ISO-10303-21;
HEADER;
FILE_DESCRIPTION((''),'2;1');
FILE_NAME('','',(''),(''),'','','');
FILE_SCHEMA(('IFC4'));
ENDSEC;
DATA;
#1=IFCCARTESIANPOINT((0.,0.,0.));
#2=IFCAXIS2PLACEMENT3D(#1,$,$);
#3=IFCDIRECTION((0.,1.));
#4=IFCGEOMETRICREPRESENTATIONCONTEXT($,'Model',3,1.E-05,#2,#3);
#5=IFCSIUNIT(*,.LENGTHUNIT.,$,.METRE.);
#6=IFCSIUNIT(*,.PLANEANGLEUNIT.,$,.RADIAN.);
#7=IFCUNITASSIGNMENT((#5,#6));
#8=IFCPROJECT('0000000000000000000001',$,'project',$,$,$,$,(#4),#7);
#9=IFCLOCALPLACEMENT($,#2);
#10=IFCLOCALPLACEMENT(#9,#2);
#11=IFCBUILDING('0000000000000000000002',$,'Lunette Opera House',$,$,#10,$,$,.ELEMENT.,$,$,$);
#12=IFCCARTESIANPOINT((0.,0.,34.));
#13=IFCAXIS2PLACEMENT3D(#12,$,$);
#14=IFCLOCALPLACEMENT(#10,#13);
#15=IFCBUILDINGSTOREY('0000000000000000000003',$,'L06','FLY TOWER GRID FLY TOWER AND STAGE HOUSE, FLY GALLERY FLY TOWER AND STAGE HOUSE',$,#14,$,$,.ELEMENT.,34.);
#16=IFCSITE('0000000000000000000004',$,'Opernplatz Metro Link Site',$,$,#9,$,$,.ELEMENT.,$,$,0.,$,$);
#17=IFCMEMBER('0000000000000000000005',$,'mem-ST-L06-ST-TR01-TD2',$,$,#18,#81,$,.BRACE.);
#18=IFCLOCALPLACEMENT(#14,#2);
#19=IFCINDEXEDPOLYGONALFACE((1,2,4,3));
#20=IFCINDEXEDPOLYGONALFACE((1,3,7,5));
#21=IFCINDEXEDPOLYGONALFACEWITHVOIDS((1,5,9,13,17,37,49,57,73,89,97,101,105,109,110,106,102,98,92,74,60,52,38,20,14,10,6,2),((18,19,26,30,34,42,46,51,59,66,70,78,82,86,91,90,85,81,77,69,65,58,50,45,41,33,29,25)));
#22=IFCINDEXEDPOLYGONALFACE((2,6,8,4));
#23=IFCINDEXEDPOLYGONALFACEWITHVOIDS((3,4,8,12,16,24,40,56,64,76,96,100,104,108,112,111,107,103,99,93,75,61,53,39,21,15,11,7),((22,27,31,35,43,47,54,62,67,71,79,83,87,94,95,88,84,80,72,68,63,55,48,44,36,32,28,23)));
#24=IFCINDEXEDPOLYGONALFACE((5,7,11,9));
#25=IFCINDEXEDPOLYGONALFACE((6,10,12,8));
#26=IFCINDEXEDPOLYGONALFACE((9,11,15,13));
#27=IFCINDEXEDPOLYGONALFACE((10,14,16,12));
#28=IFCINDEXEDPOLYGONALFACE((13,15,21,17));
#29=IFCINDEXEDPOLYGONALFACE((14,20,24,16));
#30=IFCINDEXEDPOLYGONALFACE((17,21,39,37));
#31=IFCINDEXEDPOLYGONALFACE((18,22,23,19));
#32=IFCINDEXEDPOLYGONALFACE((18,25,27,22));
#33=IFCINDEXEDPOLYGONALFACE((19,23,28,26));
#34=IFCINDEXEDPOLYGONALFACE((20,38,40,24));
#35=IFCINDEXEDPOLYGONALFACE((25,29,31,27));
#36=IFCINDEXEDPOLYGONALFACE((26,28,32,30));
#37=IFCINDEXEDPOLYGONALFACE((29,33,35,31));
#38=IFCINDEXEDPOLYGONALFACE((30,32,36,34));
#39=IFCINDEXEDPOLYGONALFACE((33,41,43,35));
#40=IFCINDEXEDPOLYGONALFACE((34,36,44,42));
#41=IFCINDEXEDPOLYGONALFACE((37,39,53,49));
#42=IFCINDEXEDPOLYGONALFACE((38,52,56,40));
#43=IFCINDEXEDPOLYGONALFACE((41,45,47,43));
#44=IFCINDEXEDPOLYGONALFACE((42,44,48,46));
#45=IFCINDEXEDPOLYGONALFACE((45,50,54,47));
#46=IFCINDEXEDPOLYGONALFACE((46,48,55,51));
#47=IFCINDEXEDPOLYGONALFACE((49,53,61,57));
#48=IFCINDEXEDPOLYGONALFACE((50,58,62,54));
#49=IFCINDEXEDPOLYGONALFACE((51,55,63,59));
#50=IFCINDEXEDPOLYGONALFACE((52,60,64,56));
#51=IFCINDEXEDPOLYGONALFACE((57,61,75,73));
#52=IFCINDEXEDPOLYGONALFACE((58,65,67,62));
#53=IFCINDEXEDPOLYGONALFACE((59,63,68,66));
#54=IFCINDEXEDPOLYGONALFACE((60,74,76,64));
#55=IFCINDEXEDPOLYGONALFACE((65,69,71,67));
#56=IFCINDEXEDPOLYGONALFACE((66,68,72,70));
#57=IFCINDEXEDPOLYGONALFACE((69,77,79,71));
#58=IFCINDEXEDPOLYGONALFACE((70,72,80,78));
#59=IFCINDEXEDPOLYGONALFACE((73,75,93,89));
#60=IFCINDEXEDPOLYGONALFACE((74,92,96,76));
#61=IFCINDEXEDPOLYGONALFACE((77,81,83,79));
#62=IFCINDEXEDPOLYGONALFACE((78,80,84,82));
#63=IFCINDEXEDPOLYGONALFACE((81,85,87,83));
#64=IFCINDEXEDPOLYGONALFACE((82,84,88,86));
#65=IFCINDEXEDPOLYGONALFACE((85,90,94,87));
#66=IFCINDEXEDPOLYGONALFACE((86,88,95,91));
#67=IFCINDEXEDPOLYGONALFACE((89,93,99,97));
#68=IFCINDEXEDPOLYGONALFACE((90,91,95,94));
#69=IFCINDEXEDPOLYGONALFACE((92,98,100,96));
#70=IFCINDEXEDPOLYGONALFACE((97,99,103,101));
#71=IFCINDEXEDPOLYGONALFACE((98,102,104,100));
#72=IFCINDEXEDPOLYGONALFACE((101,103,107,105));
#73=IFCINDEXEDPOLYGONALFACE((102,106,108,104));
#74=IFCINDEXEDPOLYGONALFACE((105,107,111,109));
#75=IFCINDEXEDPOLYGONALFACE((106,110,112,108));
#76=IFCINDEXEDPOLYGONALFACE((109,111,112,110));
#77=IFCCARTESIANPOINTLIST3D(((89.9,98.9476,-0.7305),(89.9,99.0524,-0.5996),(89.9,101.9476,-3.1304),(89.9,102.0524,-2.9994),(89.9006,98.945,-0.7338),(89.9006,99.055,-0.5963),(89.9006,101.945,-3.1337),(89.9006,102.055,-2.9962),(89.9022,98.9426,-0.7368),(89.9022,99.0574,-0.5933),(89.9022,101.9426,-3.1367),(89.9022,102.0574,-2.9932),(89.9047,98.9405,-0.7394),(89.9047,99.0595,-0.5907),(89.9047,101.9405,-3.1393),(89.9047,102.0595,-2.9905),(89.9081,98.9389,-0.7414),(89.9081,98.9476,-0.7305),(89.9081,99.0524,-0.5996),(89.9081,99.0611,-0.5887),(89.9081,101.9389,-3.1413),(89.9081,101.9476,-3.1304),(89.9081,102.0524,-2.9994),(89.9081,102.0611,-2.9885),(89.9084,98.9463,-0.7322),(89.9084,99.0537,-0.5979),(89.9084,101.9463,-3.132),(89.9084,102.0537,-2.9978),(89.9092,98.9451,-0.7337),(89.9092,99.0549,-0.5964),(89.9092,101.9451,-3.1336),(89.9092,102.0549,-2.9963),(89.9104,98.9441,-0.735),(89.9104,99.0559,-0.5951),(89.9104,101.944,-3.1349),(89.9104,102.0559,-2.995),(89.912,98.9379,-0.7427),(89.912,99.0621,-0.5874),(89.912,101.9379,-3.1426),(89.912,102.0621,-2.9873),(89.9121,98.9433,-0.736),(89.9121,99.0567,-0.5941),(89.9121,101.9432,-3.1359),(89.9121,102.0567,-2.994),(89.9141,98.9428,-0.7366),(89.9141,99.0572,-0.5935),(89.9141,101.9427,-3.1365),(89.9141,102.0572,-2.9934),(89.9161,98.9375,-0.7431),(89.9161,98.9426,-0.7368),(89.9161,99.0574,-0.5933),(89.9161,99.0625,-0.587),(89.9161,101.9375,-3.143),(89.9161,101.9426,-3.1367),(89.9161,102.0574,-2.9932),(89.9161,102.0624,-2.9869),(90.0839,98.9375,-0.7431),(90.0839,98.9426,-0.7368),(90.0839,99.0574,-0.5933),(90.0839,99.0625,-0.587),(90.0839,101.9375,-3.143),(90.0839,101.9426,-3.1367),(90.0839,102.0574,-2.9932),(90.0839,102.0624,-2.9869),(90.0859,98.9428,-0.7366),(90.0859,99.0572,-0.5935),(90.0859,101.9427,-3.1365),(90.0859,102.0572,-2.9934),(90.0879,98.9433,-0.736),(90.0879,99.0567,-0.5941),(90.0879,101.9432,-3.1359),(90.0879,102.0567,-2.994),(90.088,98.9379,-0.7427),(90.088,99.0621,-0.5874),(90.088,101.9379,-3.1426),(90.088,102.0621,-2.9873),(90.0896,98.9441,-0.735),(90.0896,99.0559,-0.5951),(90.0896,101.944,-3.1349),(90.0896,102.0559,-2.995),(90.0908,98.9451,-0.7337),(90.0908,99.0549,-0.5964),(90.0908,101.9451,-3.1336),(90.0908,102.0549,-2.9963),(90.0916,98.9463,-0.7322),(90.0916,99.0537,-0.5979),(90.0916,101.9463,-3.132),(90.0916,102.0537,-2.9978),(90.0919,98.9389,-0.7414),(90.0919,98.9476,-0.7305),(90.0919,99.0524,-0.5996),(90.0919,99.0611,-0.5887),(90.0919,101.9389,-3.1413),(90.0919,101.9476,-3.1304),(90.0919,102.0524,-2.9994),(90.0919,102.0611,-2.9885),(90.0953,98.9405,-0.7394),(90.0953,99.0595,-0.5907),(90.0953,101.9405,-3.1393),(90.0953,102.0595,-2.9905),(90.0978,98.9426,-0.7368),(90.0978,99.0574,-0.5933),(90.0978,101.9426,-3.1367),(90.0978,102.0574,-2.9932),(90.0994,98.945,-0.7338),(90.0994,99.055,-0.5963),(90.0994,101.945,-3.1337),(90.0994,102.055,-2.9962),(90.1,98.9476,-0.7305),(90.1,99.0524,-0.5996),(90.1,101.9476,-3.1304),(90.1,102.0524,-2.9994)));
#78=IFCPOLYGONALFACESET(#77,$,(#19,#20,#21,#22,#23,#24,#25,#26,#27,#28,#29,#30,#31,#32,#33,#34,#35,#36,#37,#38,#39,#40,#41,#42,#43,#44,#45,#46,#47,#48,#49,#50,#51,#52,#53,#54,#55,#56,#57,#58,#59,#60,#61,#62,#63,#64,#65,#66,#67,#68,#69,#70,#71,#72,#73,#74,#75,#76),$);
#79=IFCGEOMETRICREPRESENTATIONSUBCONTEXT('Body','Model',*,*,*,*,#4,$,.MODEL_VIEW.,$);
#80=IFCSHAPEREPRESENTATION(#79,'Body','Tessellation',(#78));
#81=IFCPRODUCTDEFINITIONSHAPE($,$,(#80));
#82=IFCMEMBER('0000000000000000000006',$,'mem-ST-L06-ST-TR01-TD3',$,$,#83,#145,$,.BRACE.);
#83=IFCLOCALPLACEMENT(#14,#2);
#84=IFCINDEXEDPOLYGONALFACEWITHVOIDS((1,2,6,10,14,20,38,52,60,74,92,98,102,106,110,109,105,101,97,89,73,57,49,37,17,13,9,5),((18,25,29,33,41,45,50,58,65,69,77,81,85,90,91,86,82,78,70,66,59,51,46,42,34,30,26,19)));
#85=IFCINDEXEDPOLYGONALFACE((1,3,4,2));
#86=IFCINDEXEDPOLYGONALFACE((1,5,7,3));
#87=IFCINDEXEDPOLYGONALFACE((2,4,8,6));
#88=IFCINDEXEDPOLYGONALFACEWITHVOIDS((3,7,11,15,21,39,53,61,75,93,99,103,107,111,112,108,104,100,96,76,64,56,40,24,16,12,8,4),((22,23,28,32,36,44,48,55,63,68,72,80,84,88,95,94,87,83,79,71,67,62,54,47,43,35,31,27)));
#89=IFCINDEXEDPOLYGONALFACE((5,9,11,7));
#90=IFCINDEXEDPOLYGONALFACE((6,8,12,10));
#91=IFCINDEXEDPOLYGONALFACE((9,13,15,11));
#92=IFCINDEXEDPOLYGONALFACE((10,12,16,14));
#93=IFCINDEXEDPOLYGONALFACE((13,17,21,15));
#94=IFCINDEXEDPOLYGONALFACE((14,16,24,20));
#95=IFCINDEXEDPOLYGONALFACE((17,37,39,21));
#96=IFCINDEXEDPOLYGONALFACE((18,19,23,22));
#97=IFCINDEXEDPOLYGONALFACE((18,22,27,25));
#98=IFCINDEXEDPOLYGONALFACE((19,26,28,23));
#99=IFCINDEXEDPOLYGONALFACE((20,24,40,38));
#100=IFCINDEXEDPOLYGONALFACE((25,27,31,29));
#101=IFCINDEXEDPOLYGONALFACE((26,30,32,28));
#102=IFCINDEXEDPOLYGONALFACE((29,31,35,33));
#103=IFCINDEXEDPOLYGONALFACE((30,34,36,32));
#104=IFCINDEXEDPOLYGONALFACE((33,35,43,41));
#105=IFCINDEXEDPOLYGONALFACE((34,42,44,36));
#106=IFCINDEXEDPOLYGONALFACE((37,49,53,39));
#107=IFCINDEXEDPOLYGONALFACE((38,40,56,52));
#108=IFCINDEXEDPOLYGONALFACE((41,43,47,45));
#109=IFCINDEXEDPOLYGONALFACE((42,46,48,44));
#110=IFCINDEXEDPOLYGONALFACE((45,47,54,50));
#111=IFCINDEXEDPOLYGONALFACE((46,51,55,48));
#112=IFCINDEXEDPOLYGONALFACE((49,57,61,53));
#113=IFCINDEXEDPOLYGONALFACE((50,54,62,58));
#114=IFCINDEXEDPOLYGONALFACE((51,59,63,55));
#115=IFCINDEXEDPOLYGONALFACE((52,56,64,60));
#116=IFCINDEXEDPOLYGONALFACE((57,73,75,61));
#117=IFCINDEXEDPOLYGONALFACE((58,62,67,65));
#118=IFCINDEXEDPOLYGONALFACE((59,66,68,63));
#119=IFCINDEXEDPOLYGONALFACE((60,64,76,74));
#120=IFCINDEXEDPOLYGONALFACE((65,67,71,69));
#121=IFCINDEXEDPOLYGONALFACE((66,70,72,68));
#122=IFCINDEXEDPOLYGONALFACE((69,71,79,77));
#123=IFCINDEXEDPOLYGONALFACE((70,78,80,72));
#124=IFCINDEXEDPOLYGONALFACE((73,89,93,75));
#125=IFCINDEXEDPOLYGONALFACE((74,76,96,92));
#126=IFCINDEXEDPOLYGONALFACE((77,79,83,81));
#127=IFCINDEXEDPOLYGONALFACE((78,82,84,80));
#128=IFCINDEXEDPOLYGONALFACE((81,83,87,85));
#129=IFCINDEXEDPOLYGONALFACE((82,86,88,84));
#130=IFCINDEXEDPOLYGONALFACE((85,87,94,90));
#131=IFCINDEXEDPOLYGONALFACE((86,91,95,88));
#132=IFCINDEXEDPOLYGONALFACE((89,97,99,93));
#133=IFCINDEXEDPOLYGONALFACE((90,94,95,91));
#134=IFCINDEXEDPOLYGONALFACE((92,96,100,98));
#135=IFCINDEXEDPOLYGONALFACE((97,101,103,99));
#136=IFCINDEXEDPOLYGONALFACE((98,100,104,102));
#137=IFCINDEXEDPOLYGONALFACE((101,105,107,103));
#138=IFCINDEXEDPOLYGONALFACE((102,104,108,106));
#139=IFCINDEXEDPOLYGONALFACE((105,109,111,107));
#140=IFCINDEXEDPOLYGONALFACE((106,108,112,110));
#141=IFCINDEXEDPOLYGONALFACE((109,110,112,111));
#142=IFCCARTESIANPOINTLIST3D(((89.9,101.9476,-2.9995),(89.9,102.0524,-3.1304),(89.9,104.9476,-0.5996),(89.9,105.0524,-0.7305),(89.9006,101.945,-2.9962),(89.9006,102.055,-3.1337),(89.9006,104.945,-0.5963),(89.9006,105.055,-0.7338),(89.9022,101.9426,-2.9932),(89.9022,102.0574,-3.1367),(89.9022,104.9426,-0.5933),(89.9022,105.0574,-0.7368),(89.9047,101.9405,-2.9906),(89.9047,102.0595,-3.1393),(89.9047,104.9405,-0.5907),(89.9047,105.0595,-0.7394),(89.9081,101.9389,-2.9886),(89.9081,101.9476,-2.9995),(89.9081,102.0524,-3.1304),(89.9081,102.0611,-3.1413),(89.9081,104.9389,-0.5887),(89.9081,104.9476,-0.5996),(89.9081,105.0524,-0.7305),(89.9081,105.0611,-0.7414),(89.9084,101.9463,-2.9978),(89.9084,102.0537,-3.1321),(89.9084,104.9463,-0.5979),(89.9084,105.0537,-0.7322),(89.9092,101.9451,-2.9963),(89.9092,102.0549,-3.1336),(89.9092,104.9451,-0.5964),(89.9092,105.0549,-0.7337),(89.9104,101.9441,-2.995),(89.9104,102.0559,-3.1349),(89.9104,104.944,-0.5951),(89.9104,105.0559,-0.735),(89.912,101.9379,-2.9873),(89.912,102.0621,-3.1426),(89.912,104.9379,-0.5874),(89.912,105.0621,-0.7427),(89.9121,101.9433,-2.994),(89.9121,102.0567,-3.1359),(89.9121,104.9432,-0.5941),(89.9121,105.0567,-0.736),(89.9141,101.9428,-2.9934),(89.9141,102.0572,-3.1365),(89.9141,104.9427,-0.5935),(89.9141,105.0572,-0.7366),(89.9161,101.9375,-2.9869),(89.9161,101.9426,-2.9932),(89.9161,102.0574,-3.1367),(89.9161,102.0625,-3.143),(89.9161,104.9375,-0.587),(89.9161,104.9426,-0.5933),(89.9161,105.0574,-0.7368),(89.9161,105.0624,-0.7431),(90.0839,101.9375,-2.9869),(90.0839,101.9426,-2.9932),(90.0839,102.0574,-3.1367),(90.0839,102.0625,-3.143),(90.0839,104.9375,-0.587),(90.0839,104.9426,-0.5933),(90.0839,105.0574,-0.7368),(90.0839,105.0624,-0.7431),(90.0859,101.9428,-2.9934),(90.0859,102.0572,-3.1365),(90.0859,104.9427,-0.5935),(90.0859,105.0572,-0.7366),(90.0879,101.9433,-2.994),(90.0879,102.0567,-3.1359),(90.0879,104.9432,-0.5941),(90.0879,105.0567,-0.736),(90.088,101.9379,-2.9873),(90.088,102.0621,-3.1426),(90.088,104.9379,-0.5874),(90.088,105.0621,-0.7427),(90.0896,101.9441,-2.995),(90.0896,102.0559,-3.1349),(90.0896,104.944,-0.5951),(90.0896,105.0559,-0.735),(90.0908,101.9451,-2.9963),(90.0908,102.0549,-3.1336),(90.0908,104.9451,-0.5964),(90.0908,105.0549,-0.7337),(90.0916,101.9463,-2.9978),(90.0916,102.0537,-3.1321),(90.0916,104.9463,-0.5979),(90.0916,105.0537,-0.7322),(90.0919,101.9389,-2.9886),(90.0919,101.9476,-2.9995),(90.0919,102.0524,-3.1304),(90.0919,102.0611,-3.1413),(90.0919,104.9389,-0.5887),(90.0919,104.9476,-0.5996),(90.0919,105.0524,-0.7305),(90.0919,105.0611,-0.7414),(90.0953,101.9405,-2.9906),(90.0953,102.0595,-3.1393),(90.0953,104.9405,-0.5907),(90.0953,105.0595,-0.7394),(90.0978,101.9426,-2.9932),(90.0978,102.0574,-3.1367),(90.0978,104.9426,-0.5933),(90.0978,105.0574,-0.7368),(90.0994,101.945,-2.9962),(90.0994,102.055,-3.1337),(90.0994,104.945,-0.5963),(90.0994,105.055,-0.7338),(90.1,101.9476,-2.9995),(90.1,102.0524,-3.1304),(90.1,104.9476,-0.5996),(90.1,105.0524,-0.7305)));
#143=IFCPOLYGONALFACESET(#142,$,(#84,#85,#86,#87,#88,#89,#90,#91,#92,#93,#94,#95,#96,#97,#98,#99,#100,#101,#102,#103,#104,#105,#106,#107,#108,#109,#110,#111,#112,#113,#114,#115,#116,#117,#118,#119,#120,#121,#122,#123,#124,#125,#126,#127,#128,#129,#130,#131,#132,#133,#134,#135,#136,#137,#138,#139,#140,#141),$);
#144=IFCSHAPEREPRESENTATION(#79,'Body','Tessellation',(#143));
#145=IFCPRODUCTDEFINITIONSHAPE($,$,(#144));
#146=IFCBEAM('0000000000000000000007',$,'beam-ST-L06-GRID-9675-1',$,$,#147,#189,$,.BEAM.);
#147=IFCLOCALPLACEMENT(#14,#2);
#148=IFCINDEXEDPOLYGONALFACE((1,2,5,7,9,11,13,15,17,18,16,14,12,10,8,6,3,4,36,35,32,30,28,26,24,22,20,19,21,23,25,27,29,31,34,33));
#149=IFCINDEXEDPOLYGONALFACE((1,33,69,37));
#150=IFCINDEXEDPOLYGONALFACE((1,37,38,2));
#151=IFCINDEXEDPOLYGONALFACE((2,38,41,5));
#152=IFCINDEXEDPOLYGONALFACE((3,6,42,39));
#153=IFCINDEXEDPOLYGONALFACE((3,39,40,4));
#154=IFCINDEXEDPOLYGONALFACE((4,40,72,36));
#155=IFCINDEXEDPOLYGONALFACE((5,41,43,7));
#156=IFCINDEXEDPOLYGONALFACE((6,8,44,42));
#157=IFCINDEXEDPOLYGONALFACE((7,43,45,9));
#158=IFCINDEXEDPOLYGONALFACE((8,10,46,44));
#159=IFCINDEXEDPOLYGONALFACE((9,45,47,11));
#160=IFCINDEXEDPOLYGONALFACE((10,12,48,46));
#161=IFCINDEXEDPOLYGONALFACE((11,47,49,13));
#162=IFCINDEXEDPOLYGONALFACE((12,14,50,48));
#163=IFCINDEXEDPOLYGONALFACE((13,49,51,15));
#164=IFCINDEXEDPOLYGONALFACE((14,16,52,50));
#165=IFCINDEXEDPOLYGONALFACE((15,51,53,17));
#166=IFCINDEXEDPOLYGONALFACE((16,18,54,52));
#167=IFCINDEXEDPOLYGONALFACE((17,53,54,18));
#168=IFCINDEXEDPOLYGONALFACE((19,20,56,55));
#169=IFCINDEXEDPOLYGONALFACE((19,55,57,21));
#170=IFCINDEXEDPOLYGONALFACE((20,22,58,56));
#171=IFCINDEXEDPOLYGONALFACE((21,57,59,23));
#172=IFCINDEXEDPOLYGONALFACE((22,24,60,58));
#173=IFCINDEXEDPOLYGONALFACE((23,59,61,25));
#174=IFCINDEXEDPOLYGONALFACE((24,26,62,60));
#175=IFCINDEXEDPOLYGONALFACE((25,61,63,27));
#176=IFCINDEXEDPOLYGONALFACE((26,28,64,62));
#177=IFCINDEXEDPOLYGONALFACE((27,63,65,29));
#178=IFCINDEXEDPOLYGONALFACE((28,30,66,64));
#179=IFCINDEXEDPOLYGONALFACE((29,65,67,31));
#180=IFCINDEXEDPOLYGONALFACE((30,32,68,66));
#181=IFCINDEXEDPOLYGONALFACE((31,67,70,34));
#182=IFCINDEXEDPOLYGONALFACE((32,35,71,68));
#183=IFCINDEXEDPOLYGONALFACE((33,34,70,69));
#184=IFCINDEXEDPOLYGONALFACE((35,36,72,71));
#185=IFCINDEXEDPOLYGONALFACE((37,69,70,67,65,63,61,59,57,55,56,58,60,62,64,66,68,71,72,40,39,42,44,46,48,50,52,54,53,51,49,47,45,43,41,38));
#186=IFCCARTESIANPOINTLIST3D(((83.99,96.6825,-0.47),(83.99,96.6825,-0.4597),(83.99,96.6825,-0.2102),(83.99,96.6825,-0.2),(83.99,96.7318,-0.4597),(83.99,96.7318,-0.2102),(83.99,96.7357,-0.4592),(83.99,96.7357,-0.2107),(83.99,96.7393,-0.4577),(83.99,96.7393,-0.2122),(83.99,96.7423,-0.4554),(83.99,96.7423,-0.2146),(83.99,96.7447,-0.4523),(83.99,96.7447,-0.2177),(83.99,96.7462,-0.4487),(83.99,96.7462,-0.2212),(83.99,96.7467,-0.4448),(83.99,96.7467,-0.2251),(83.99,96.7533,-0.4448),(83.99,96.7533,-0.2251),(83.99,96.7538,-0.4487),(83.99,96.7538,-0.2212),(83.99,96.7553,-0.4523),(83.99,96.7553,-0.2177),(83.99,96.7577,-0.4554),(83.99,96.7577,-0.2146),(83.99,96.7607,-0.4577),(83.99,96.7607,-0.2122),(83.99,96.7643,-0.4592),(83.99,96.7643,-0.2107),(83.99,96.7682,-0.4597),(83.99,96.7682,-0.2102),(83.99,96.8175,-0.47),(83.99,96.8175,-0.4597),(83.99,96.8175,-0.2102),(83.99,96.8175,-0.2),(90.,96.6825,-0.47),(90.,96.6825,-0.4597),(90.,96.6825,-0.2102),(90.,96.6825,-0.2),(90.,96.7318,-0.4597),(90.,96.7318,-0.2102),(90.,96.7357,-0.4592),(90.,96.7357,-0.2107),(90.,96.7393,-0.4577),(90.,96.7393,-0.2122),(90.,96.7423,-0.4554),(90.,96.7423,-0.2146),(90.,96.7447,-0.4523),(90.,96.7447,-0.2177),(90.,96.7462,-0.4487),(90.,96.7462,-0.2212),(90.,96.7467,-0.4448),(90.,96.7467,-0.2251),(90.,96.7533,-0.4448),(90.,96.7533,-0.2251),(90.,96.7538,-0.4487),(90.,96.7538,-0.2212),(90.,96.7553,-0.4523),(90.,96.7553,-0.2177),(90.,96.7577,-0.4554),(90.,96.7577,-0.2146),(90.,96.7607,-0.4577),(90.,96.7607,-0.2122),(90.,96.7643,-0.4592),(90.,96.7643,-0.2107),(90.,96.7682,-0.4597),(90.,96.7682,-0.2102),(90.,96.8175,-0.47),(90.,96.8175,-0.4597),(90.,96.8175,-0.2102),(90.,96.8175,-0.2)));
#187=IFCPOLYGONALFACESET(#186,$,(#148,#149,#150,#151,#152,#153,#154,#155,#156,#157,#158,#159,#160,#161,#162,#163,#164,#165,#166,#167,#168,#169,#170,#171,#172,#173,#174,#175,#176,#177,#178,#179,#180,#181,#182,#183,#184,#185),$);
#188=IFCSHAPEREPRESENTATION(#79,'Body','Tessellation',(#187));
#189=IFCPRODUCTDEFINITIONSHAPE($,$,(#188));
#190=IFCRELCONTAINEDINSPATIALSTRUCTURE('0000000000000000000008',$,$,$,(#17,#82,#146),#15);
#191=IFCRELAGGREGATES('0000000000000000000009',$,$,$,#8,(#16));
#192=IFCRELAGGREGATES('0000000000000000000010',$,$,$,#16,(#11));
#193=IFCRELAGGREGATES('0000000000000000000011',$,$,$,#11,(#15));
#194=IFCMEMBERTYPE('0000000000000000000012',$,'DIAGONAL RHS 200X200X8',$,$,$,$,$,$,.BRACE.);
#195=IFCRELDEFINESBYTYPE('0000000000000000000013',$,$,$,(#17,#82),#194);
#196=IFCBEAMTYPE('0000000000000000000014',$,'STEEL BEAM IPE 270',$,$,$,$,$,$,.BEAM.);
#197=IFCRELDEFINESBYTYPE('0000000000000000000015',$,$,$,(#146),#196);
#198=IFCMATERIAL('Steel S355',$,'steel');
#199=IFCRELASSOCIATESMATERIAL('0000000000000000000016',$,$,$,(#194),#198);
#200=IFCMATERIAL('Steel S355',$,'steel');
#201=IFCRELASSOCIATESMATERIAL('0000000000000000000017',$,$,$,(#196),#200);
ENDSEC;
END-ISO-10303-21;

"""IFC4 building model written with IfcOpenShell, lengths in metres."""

from ifc_helpers import new_model, si_unit, direction, frame, origin, origin_2d, place, context, subcontext, project, spatial, hollow_rectangle, i_section, extrude, material, material_profile, profile_set, type_object, element, save


model = new_model("IFC4")

# Units and contexts
model_context = context("Model", 3, precision=1e-05, world=origin(), true_north=direction((0.0, 1.0)))
body_context = subcontext(model_context, "Body", "Model", "MODEL_VIEW")
ifc_project = project(units=[si_unit("LENGTHUNIT", "METRE"), si_unit("PLANEANGLEUNIT", "RADIAN")], contexts=[model_context])

# Site, building, storey
site_placement = place(None, origin())
site = spatial("IfcSite", under=ifc_project, at=site_placement, Name="Opernplatz Metro Link Site", CompositionType="ELEMENT", RefElevation=0.0)
building_placement = place(site_placement, origin())
building = spatial("IfcBuilding", under=site, at=building_placement, Name="Lunette Opera House", CompositionType="ELEMENT")
storey_placement = place(building_placement, frame((0.0, 0.0, 34.0)))
storey = spatial("IfcBuildingStorey", under=building, at=storey_placement, Name="L06", Description="FLY TOWER GRID FLY TOWER AND STAGE HOUSE, FLY GALLERY FLY TOWER AND STAGE HOUSE", CompositionType="ELEMENT", Elevation=34.0)

# Members
ifc_material_1 = material(Name="Steel S355", Category="steel")
ifc_material_profile_1 = material_profile(ifc_material_1, hollow_rectangle(XDim=0.2, YDim=0.2, WallThickness=0.0081, InnerFilletRadius=0.0081, OuterFilletRadius=0.0161, at=origin_2d()), Name="RHS 200X200X8")
ifc_profile_set_1 = profile_set([ifc_material_profile_1], Name="Steel S355")
member_type_1 = type_object("IfcMemberType", Name="DIAGONAL RHS 200X200X8", PredefinedType="BRACE", material=ifc_profile_set_1)
for number, where, z_axis, x_axis, name in (
    (1, (90.0, 99.0, -0.665), (0.0, 0.780881, -0.62468), (-1.0, 0.0, 0.0), "mem-ST-L06-ST-TR01-TD2"),
    (2, (90.0, 102.0, -3.0649), (0.0, 0.780881, 0.62468), (-1.0, 0.0, 0.0), "mem-ST-L06-ST-TR01-TD3"),
):
    element("IfcMember", number, at=place(storey_placement, frame(where, z_axis=z_axis, x_axis=x_axis)), inside=storey, type_object=member_type_1, Name=name, PredefinedType="BRACE", context=body_context, shape_type="SweptSolid", body=[
        extrude(hollow_rectangle(XDim=0.2, YDim=0.2, WallThickness=0.0081, InnerFilletRadius=0.0081, OuterFilletRadius=0.0161, at=origin_2d()), origin(), (0.0, 0.0, 1.0), 3.8418),
    ])

# Beam
ifc_material_2 = material(Name="Steel S355", Category="steel")
ifc_material_profile_2 = material_profile(ifc_material_2, i_section(OverallWidth=0.135, OverallDepth=0.27, WebThickness=0.0066, FlangeThickness=0.0103, FilletRadius=0.0149, at=origin_2d()), Name="IPE 270")
ifc_profile_set_2 = profile_set([ifc_material_profile_2], Name="Steel S355")
beam_type = type_object("IfcBeamType", Name="STEEL BEAM IPE 270", PredefinedType="BEAM", material=ifc_profile_set_2)
beam_1_placement = place(storey_placement, frame((83.99, 96.75, -0.335), z_axis=(1.0, 0.0, 0.0), x_axis=(0.0, 1.0, 0.0)))
element("IfcBeam", 3, at=beam_1_placement, inside=storey, type_object=beam_type, Name="beam-ST-L06-GRID-9675-1", PredefinedType="BEAM", context=body_context, shape_type="SweptSolid", body=[
    extrude(i_section(OverallWidth=0.135, OverallDepth=0.27, WebThickness=0.0066, FlangeThickness=0.0103, FilletRadius=0.0149, at=origin_2d()), origin(), (0.0, 0.0, 1.0), 6.01),
])

save(model, "model.ifc")
